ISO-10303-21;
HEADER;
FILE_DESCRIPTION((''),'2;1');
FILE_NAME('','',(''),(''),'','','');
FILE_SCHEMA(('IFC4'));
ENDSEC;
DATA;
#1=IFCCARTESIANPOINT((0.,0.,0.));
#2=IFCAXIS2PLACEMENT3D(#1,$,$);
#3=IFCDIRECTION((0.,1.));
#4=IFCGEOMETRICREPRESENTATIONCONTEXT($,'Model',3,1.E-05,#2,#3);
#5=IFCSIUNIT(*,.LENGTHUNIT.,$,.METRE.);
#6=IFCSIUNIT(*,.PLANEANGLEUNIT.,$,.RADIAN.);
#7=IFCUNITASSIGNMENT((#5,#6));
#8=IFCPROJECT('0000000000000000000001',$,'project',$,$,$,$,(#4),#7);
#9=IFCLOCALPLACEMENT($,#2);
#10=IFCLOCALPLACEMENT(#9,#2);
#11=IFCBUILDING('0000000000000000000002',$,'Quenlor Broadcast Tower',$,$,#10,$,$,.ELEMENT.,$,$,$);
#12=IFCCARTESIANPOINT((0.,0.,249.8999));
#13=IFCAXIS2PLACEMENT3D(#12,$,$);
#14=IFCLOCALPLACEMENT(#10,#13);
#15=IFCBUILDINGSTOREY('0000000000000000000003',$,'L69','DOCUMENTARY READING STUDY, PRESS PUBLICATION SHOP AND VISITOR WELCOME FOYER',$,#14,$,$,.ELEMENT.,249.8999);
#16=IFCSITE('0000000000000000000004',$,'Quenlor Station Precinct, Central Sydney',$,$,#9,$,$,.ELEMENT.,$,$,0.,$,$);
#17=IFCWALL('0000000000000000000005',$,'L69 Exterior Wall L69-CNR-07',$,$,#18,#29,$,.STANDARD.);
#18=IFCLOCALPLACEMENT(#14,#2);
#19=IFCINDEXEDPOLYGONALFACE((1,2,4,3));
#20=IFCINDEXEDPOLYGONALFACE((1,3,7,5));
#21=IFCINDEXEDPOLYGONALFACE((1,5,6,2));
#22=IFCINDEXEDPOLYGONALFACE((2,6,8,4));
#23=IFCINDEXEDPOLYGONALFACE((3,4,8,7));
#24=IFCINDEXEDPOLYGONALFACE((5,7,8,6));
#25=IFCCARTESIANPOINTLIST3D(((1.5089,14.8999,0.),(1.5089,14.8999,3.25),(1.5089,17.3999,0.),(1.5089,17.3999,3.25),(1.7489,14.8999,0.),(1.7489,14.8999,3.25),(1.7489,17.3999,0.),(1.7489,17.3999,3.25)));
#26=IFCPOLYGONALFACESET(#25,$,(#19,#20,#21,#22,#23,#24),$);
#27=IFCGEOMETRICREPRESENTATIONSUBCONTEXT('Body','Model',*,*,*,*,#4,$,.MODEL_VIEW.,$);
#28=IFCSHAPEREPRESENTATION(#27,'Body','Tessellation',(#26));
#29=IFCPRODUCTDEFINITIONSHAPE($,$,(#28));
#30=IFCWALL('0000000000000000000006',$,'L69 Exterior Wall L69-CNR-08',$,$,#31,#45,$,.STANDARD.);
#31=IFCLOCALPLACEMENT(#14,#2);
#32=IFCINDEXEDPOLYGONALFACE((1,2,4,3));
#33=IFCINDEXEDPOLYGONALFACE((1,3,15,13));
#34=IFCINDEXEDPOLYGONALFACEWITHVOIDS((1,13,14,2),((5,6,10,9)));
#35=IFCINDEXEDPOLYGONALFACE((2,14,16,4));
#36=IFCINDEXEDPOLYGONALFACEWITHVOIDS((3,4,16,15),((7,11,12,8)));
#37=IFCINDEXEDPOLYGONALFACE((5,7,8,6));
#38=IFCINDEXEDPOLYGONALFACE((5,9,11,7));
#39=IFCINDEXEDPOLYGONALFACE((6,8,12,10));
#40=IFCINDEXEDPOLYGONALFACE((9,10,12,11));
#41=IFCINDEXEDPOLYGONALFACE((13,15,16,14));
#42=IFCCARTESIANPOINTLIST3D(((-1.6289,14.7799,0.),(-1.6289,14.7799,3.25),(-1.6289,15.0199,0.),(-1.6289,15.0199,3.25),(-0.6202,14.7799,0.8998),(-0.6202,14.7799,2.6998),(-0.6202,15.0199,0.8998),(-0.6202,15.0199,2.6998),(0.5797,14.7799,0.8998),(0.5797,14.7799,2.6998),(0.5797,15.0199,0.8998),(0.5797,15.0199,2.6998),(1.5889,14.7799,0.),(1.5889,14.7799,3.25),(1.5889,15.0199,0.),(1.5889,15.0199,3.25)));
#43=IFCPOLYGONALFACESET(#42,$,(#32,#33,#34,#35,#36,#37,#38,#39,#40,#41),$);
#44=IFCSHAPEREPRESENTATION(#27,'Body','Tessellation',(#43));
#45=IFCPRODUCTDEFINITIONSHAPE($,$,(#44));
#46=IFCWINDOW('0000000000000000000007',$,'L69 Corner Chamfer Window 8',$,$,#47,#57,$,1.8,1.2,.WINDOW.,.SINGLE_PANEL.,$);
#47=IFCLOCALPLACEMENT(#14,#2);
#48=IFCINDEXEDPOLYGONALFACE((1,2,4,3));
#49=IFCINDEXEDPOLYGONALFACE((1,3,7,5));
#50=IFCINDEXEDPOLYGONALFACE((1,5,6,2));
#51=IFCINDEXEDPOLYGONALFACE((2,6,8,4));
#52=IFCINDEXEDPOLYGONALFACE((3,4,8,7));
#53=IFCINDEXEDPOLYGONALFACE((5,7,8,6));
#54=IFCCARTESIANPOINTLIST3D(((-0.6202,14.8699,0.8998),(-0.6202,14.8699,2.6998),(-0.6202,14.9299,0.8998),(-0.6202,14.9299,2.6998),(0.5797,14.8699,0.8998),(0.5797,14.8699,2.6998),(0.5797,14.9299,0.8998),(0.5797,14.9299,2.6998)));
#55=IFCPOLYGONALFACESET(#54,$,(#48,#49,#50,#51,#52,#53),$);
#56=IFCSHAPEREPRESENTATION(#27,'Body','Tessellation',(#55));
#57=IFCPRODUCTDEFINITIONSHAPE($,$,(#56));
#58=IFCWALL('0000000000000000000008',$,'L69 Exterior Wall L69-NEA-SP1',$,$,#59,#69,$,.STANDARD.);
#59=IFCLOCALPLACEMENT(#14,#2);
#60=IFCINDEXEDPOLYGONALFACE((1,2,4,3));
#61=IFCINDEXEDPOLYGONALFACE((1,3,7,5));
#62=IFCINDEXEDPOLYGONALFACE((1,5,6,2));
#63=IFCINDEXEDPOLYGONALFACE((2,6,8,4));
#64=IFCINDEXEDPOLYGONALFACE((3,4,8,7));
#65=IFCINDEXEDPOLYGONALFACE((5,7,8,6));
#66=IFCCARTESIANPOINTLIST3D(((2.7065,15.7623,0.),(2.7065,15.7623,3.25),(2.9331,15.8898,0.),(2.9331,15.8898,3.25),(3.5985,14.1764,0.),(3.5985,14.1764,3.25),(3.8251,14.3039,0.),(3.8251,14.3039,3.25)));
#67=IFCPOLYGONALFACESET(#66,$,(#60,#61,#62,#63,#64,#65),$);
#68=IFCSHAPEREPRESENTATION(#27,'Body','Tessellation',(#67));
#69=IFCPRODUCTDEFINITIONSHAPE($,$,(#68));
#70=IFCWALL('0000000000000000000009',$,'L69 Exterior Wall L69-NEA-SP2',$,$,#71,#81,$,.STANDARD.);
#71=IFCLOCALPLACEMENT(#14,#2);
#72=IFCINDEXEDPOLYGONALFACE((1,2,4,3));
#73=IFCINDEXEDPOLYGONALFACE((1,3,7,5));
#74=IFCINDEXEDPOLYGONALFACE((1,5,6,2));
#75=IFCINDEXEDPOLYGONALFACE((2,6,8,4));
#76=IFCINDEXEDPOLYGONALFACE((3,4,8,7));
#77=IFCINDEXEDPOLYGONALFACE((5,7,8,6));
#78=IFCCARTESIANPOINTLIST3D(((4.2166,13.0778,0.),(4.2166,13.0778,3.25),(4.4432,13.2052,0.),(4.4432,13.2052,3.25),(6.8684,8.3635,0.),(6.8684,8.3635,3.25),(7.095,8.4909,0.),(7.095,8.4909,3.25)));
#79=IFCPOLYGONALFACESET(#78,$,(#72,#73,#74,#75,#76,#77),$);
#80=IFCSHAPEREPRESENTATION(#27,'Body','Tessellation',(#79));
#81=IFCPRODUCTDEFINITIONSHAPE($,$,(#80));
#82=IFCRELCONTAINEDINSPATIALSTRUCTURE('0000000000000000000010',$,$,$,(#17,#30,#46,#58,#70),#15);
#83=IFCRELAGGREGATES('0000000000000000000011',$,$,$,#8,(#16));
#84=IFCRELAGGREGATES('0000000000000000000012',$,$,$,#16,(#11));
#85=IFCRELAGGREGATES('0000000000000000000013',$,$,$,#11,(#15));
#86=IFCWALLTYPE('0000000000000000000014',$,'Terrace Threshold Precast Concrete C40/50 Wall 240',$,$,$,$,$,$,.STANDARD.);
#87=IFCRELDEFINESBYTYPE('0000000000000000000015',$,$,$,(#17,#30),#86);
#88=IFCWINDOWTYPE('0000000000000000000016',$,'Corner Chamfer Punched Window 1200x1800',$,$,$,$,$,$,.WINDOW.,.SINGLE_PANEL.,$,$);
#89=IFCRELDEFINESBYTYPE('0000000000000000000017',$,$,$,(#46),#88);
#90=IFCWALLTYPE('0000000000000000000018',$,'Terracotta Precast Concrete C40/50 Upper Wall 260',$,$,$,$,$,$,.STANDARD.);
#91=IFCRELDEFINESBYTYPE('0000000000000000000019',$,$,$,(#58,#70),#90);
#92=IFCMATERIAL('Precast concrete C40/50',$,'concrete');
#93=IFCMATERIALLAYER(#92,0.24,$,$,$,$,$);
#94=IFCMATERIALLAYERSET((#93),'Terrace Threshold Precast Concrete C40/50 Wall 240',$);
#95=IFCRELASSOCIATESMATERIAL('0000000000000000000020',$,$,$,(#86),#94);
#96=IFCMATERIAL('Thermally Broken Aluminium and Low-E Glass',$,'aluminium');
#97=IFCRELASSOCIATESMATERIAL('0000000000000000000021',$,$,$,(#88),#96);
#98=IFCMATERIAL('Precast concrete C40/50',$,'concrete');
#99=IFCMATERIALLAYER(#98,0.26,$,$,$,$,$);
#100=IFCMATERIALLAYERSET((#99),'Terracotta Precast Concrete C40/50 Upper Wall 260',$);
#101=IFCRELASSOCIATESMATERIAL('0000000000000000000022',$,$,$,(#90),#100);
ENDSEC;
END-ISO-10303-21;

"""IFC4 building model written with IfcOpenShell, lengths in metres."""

from ifc_helpers import new_model, si_unit, direction, frame, frame_2d, origin, place, context, subcontext, project, spatial, rectangle, extrude, material, layer, layer_set, type_object, element, fill, save


model = new_model("IFC4")

# Units and contexts
model_context = context("Model", 3, precision=1e-05, world=origin(), true_north=direction((0.0, 1.0)))
body_context = subcontext(model_context, "Body", "Model", "MODEL_VIEW")
ifc_project = project(units=[si_unit("LENGTHUNIT", "METRE"), si_unit("PLANEANGLEUNIT", "RADIAN")], contexts=[model_context])

# Site, building, storey
site_placement = place(None, origin())
site = spatial("IfcSite", under=ifc_project, at=site_placement, Name="Quenlor Station Precinct, Central Sydney", CompositionType="ELEMENT", RefElevation=0.0)
building_placement = place(site_placement, origin())
building = spatial("IfcBuilding", under=site, at=building_placement, Name="Quenlor Broadcast Tower", CompositionType="ELEMENT")
storey_placement = place(building_placement, frame((0.0, 0.0, 249.8999)))
storey = spatial("IfcBuildingStorey", under=building, at=storey_placement, Name="L69", Description="DOCUMENTARY READING STUDY, PRESS PUBLICATION SHOP AND VISITOR WELCOME FOYER", CompositionType="ELEMENT", Elevation=249.8999)

# Wall
ifc_material_1 = material(Name="Precast concrete C40/50", Category="concrete")
ifc_layer_1 = layer(ifc_material_1, 0.24)
ifc_layer_set_1 = layer_set([ifc_layer_1], Name="Terrace Threshold Precast Concrete C40/50 Wall 240")
wall_type_1 = type_object("IfcWallType", Name="Terrace Threshold Precast Concrete C40/50 Wall 240", PredefinedType="STANDARD", material=ifc_layer_set_1)
wall_1_placement = place(storey_placement, frame((1.6289, 17.3999, 0.0), z_axis=(0.0, 0.0, 1.0), x_axis=(0.0, -1.0, 0.0)))
element("IfcWall", 1, at=wall_1_placement, inside=storey, type_object=wall_type_1, Name="L69 Exterior Wall L69-CNR-07", PredefinedType="STANDARD", context=body_context, shape_type="SweptSolid", body=[
    extrude(rectangle(XDim=2.5, YDim=0.24, at=frame_2d((1.25, 0.0))), origin(), (0.0, 0.0, 1.0), 3.25),
])

# Wall, opening, window
wall_2_placement = place(storey_placement, frame((1.5889, 14.8999, 0.0), z_axis=(0.0, 0.0, 1.0), x_axis=(-1.0, 0.0, 0.0)))
wall_2 = element("IfcWall", 2, at=wall_2_placement, inside=storey, type_object=wall_type_1, Name="L69 Exterior Wall L69-CNR-08", PredefinedType="STANDARD", context=body_context, shape_type="SweptSolid", body=[
    extrude(rectangle(XDim=3.2178, YDim=0.24, at=frame_2d((1.6089, 0.0))), origin(), (0.0, 0.0, 1.0), 3.25),
])
opening_placement = place(wall_2_placement, frame((1.009, 0.0, 0.8999)))
opening = element("IfcOpeningElement", 3, at=opening_placement, cuts=wall_2, PredefinedType="OPENING", context=body_context, shape_type="SweptSolid", body=[
    extrude(rectangle(XDim=1.2, YDim=1.8, at=frame_2d((0.6001, 0.8999))), frame((0.0, 0.1299, 0.0), z_axis=(0.0, -1.0, 0.0), x_axis=(1.0, 0.0, 0.0)), (0.0, 0.0, 1.0), 0.26),
])
ifc_material_2 = material(Name="Thermally Broken Aluminium and Low-E Glass", Category="aluminium")
window_type = type_object("IfcWindowType", Name="Corner Chamfer Punched Window 1200x1800", PartitioningType="SINGLE_PANEL", PredefinedType="WINDOW", material=ifc_material_2)
window_placement = place(opening_placement, origin())
window = element("IfcWindow", 4, at=window_placement, inside=storey, type_object=window_type, Name="L69 Corner Chamfer Window 8", OverallHeight=1.8, OverallWidth=1.2, PartitioningType="SINGLE_PANEL", PredefinedType="WINDOW", context=body_context, shape_type="SweptSolid", body=[
    extrude(rectangle(XDim=1.2, YDim=1.8, at=frame_2d((0.6001, 0.8999))), frame((0.0, 0.03, 0.0), z_axis=(0.0, -1.0, 0.0), x_axis=(1.0, 0.0, 0.0)), (0.0, 0.0, 1.0), 0.0601),
])
fill(opening, window)

# Walls
ifc_material_3 = material(Name="Precast concrete C40/50", Category="concrete")
ifc_layer_2 = layer(ifc_material_3, 0.26)
ifc_layer_set_2 = layer_set([ifc_layer_2], Name="Terracotta Precast Concrete C40/50 Upper Wall 260")
wall_type_2 = type_object("IfcWallType", Name="Terracotta Precast Concrete C40/50 Upper Wall 260", PredefinedType="STANDARD", material=ifc_layer_set_2)
wall_3_placement = place(storey_placement, frame((2.8198, 15.8259, 0.0), z_axis=(0.0, 0.0, 1.0), x_axis=(0.490261, -0.871576, 0.0)))
element("IfcWall", 5, at=wall_3_placement, inside=storey, type_object=wall_type_2, Name="L69 Exterior Wall L69-NEA-SP1", PredefinedType="STANDARD", context=body_context, shape_type="SweptSolid", body=[
    extrude(rectangle(XDim=1.8196, YDim=0.26, at=frame_2d((0.9097, 0.0))), origin(), (0.0, 0.0, 1.0), 3.25),
])
wall_4_placement = place(storey_placement, frame((4.3298, 13.1416, 0.0), z_axis=(0.0, 0.0, 1.0), x_axis=(0.490266, -0.871573, 0.0)))
element("IfcWall", 6, at=wall_4_placement, inside=storey, type_object=wall_type_2, Name="L69 Exterior Wall L69-NEA-SP2", PredefinedType="STANDARD", context=body_context, shape_type="SweptSolid", body=[
    extrude(rectangle(XDim=5.4089, YDim=0.26, at=frame_2d((2.7046, 0.0))), origin(), (0.0, 0.0, 1.0), 3.25),
])

save(model, "model.ifc")
